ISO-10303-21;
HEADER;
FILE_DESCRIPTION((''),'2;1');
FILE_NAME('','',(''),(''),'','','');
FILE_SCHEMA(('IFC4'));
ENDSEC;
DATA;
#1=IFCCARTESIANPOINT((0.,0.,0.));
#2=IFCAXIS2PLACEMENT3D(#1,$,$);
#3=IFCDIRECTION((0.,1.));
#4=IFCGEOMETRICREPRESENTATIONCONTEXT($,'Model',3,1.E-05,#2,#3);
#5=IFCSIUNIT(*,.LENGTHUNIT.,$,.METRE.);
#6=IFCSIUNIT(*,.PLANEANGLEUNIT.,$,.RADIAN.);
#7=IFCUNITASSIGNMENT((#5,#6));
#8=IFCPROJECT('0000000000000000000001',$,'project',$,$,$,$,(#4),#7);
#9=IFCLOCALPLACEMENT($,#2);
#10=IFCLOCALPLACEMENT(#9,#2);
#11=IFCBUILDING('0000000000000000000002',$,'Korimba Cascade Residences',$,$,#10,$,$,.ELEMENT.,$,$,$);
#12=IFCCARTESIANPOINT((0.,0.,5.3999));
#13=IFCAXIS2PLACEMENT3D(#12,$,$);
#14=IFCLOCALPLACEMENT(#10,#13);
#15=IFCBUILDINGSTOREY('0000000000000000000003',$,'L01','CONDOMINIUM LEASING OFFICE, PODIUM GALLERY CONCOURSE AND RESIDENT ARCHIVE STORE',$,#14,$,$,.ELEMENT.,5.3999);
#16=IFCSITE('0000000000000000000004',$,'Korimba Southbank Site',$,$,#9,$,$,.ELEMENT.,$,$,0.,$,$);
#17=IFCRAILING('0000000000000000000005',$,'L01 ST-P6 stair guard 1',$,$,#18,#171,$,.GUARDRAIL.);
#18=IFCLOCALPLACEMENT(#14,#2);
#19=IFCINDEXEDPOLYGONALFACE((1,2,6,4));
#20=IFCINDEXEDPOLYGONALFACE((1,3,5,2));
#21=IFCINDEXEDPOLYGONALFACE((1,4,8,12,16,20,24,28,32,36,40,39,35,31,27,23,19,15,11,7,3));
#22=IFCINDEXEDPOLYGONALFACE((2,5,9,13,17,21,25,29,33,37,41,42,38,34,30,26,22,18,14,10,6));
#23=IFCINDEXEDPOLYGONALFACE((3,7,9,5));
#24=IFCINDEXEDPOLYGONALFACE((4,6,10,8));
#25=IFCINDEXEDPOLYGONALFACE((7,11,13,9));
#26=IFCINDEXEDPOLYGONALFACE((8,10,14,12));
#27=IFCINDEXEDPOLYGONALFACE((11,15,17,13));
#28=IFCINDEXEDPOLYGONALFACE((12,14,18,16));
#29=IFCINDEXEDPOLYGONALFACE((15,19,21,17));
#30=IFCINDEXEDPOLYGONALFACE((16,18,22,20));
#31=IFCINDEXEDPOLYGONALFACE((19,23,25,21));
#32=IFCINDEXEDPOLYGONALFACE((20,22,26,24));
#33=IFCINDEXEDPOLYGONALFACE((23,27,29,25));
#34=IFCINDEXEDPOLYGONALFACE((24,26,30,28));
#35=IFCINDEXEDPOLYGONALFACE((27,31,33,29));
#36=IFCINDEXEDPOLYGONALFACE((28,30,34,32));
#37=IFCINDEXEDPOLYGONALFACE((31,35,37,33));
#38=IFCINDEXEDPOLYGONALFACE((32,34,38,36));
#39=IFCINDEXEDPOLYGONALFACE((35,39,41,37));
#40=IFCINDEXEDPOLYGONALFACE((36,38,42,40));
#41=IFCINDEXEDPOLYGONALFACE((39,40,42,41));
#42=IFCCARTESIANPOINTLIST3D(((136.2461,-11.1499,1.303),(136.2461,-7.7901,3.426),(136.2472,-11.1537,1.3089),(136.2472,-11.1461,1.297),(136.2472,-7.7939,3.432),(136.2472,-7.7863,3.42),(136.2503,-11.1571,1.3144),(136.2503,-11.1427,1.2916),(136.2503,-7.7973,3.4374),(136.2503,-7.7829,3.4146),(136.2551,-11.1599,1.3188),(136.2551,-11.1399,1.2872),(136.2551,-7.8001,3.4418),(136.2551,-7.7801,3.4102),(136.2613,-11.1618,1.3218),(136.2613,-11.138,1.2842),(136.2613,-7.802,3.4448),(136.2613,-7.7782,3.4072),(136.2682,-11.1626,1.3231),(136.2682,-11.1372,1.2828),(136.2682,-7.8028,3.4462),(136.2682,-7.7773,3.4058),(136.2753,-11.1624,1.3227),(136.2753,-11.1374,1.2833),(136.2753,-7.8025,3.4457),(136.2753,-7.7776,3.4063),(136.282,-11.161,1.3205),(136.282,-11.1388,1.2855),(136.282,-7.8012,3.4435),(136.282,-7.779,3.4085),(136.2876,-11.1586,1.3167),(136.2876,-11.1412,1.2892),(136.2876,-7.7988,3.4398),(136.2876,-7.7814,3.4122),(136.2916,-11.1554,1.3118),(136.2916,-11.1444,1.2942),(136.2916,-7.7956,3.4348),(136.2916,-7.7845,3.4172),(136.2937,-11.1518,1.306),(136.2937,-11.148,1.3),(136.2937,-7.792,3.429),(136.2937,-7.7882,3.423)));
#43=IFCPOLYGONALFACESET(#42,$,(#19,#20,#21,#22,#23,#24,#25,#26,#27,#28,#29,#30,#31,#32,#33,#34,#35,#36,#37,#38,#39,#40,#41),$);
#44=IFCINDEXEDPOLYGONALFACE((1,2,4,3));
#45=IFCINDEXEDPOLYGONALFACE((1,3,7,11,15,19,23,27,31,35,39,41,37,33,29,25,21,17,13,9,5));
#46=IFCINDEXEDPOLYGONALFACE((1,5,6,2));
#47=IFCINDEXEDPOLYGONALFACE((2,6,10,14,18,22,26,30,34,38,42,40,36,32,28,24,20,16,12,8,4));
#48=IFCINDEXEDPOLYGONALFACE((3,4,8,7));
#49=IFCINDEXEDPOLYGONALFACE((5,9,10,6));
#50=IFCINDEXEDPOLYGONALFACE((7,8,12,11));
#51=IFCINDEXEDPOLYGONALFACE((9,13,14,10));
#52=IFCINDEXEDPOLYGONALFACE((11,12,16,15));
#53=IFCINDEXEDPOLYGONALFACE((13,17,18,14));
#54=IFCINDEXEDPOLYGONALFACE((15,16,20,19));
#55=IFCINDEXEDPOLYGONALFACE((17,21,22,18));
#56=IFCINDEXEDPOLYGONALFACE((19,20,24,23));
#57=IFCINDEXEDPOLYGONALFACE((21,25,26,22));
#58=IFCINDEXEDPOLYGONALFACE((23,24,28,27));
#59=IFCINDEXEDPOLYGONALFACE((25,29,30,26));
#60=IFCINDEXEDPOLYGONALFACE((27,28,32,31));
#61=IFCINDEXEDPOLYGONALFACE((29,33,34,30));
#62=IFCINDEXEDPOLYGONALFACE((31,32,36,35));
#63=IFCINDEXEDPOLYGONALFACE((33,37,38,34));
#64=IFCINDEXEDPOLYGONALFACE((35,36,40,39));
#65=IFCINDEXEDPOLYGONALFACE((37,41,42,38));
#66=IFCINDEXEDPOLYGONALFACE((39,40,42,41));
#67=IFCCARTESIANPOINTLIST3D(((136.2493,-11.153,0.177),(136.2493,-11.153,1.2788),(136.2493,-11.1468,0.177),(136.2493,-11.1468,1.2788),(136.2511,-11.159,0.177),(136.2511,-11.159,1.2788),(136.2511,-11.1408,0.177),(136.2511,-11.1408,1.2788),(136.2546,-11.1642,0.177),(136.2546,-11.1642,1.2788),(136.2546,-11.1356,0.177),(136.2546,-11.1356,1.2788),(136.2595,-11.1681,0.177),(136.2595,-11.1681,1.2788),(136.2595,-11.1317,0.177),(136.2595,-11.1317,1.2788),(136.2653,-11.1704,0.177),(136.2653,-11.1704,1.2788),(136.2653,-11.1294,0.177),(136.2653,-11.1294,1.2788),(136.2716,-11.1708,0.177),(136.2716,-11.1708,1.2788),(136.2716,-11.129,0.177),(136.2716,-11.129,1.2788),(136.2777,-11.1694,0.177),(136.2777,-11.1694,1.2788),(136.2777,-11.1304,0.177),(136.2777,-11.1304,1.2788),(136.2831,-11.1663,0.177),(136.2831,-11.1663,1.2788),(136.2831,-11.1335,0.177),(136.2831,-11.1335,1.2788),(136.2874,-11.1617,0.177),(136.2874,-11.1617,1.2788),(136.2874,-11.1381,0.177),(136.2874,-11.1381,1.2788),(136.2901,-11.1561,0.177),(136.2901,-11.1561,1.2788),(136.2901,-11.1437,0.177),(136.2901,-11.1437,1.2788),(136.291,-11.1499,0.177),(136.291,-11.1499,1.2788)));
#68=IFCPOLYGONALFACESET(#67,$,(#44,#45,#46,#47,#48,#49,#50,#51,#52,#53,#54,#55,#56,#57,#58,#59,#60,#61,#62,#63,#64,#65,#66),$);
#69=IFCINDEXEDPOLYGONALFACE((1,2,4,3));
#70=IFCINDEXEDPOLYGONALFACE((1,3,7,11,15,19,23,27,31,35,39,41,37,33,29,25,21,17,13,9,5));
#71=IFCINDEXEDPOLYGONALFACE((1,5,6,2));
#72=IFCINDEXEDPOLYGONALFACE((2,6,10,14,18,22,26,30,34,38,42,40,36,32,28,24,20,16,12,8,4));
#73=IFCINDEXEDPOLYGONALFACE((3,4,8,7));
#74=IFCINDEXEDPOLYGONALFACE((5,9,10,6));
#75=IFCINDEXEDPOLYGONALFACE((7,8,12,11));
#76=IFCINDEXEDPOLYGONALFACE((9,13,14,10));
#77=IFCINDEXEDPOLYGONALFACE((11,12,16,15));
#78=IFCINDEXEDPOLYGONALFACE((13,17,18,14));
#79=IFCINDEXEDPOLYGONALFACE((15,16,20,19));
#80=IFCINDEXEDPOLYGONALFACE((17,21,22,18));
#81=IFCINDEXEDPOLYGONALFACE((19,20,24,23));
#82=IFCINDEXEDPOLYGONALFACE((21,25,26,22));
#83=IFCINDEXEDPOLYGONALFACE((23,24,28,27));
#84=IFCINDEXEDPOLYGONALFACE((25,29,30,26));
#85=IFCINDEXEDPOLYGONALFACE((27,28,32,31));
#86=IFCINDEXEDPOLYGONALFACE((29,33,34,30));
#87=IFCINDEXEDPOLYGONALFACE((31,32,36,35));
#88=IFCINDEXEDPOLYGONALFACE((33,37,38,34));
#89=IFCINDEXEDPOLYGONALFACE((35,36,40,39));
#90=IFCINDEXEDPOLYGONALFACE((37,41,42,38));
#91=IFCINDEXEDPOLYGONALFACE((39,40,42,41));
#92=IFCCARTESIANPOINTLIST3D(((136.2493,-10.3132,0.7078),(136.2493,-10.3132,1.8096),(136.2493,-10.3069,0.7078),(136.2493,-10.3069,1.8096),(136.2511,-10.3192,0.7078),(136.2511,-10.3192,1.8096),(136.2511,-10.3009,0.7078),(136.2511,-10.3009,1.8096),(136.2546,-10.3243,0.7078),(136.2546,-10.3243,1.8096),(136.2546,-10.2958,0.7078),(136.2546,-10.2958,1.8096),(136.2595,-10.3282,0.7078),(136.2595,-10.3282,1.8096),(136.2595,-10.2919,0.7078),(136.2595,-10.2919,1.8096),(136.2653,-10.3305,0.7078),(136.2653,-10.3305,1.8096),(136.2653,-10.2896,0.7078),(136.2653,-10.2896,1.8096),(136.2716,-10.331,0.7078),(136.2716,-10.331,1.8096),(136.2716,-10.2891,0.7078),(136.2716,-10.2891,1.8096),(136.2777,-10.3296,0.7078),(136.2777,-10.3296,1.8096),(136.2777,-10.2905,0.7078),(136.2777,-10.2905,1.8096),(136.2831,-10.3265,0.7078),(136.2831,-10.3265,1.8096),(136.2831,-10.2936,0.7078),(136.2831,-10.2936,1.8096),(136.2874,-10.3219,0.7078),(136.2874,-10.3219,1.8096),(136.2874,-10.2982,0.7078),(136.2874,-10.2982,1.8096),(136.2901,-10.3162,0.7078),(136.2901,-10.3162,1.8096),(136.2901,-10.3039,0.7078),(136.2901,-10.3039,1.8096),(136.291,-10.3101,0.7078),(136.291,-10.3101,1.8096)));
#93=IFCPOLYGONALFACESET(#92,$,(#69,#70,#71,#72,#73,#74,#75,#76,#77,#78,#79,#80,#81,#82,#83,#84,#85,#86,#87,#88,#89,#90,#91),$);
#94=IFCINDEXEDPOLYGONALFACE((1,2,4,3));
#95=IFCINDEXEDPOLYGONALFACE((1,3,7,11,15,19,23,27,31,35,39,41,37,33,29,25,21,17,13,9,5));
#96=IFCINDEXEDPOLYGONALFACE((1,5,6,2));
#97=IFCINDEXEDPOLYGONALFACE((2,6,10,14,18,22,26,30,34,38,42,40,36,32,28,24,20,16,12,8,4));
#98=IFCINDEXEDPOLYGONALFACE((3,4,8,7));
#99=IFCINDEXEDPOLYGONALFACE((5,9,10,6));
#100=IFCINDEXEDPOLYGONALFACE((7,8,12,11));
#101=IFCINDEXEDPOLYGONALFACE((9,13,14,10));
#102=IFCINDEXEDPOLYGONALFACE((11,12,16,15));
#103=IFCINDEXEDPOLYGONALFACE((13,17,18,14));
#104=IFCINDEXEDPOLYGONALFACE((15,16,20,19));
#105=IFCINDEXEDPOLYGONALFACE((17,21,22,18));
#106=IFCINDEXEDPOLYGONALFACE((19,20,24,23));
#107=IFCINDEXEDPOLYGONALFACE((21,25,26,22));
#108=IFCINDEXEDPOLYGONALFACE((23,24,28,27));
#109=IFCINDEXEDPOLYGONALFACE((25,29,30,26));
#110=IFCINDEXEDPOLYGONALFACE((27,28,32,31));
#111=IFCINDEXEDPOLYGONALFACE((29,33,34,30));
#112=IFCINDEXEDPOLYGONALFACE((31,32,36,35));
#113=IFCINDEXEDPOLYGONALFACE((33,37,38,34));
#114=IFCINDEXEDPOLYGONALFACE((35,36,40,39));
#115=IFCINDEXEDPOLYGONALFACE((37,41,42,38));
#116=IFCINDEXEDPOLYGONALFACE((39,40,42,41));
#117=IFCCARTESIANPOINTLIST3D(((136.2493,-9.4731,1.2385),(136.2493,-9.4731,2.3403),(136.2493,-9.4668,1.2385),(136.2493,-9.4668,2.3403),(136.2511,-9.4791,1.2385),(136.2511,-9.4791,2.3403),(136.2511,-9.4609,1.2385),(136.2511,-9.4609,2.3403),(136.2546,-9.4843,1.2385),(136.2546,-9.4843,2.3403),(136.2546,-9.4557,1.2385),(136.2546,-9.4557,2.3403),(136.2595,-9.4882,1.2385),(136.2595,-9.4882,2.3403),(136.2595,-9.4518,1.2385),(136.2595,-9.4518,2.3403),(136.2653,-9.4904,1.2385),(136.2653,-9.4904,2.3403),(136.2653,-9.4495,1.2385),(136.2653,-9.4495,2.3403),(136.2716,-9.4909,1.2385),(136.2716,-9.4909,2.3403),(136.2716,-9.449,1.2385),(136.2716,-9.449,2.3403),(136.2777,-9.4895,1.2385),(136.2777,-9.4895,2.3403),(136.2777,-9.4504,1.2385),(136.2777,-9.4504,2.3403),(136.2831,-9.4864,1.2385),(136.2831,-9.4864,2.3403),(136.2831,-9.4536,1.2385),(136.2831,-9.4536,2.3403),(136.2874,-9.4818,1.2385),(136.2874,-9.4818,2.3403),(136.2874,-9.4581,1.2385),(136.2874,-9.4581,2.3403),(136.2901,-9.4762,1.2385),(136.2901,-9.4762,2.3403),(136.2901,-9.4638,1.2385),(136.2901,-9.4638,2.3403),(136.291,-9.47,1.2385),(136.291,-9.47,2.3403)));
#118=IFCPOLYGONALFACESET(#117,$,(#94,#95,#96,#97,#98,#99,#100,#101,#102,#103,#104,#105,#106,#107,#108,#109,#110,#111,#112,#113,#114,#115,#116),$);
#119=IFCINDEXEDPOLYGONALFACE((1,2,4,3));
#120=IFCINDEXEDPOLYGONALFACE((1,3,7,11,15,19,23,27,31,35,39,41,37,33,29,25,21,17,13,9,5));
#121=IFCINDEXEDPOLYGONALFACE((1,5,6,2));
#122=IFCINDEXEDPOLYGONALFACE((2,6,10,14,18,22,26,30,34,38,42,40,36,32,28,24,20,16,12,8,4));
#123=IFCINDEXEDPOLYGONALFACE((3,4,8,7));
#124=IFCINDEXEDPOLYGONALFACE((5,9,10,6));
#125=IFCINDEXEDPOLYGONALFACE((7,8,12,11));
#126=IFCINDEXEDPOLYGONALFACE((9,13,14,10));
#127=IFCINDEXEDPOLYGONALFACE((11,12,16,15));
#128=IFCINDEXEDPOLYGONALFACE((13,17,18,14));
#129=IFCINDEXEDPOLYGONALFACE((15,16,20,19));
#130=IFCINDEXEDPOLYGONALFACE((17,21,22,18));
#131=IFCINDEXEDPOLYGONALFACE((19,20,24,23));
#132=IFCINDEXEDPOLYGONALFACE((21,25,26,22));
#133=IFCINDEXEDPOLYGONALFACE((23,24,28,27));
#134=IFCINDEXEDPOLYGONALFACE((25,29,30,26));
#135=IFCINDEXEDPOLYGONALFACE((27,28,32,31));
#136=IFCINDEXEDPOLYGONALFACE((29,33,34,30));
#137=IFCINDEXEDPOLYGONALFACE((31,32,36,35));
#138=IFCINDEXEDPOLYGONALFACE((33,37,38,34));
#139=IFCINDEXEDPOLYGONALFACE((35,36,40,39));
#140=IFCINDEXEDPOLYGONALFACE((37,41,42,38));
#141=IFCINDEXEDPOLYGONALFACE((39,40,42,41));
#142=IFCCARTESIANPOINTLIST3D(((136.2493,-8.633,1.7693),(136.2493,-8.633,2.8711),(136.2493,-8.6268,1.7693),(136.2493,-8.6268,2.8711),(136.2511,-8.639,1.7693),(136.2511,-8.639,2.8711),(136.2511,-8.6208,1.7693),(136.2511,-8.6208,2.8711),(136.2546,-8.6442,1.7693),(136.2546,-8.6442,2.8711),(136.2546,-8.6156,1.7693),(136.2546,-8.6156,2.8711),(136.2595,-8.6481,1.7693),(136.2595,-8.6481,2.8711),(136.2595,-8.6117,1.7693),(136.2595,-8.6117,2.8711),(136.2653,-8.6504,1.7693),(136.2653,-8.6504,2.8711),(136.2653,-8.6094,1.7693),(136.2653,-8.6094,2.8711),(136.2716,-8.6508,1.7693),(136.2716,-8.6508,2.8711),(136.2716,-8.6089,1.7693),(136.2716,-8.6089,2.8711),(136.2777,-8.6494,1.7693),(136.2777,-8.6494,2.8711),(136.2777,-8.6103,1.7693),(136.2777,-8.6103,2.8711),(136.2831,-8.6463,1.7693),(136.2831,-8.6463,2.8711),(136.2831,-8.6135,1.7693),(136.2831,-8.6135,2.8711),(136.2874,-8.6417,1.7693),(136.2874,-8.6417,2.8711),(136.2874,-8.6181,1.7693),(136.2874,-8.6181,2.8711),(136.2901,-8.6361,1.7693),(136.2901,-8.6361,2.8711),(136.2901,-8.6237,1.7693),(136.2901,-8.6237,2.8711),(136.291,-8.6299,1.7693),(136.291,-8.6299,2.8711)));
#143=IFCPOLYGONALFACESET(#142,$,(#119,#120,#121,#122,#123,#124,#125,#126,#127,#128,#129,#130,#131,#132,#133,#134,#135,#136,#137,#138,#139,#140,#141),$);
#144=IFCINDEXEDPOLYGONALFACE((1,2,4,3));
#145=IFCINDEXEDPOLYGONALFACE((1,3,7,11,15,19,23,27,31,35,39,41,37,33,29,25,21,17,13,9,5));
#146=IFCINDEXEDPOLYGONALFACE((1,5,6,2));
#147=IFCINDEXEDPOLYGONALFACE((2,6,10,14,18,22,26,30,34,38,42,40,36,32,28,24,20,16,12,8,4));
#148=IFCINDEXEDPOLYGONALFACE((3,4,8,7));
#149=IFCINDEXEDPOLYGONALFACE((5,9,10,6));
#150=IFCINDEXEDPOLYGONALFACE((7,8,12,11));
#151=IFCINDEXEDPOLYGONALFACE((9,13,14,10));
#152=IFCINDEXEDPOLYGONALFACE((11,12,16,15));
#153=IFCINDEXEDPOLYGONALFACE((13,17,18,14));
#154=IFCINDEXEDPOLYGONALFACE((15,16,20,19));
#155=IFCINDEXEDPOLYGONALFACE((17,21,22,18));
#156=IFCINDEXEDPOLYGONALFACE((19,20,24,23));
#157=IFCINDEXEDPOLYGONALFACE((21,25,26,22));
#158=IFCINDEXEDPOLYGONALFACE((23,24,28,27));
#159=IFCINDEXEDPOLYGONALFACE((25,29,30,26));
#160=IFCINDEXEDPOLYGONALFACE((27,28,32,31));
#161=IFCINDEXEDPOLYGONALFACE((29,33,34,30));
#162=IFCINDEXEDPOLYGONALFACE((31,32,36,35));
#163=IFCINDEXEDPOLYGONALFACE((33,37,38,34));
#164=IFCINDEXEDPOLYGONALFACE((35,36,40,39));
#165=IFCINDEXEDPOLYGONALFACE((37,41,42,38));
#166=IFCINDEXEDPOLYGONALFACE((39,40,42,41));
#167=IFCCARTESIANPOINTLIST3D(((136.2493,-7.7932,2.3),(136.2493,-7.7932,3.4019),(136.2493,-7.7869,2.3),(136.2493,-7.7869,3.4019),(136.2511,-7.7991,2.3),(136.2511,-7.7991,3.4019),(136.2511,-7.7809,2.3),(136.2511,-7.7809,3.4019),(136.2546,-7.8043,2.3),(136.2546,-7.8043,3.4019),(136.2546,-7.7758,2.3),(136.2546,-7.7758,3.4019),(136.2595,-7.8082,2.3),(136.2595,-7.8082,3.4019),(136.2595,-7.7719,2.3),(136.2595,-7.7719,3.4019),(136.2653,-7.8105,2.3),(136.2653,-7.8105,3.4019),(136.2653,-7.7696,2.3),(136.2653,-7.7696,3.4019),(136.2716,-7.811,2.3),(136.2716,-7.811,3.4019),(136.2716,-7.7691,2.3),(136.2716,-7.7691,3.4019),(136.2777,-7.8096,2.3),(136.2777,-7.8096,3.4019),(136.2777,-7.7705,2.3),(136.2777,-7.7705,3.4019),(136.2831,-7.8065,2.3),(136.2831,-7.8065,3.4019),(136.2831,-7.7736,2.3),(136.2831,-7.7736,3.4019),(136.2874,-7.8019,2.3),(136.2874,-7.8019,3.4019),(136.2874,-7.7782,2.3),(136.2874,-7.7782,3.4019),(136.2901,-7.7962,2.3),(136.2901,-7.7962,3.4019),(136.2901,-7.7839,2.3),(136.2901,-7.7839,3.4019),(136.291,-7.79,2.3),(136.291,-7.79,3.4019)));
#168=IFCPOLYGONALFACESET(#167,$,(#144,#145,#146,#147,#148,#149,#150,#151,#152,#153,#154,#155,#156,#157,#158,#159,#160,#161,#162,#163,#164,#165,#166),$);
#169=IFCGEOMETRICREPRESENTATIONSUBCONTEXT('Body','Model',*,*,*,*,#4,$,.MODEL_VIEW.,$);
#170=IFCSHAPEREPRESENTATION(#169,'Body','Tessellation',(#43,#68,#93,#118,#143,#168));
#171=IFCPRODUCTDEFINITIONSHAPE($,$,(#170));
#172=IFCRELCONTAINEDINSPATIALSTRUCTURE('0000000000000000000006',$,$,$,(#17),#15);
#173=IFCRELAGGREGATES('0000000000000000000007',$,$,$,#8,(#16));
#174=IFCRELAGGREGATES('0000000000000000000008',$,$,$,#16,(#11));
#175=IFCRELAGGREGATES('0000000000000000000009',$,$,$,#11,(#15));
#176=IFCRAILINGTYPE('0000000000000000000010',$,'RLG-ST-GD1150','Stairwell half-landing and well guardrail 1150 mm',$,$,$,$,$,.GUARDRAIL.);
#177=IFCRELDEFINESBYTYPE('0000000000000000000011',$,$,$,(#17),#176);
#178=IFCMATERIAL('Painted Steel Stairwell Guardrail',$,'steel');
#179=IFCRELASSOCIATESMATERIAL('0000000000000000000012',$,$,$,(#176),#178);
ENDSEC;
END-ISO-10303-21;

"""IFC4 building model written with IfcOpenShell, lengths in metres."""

from ifc_helpers import new_model, si_unit, direction, frame, origin, origin_2d, place, context, subcontext, project, spatial, circle, extrude, material, type_object, element, save


model = new_model("IFC4")

# Units and contexts
model_context = context("Model", 3, precision=1e-05, world=origin(), true_north=direction((0.0, 1.0)))
body_context = subcontext(model_context, "Body", "Model", "MODEL_VIEW")
ifc_project = project(units=[si_unit("LENGTHUNIT", "METRE"), si_unit("PLANEANGLEUNIT", "RADIAN")], contexts=[model_context])

# Site, building, storey
site_placement = place(None, origin())
site = spatial("IfcSite", under=ifc_project, at=site_placement, Name="Korimba Southbank Site", CompositionType="ELEMENT", RefElevation=0.0)
building_placement = place(site_placement, origin())
building = spatial("IfcBuilding", under=site, at=building_placement, Name="Korimba Cascade Residences", CompositionType="ELEMENT")
storey_placement = place(building_placement, frame((0.0, 0.0, 5.3999)))
storey = spatial("IfcBuildingStorey", under=building, at=storey_placement, Name="L01", Description="CONDOMINIUM LEASING OFFICE, PODIUM GALLERY CONCOURSE AND RESIDENT ARCHIVE STORE", CompositionType="ELEMENT", Elevation=5.3999)

# Railing
ifc_material_1 = material(Name="Painted Steel Stairwell Guardrail", Category="steel")
railing_type_1 = type_object("IfcRailingType", Name="RLG-ST-GD1150", Description="Stairwell half-landing and well guardrail 1150 mm", PredefinedType="GUARDRAIL", material=ifc_material_1)
railing_1_placement = place(storey_placement, frame((136.27, -11.1499, 0.177)))
element("IfcRailing", 1, at=railing_1_placement, inside=storey, type_object=railing_type_1, Name="L01 ST-P6 stair guard 1", PredefinedType="GUARDRAIL", context=body_context, shape_type="SweptSolid", body=[
    extrude(circle(Radius=0.0239, at=origin_2d()), frame((0.0, 0.0, 1.126), z_axis=(0.0, 0.845372, 0.534178), x_axis=(-1.0, 0.0, 0.0)), (0.0, 0.0, 1.0), 3.9744),
    extrude(circle(Radius=0.021, at=origin_2d()), origin(), (0.0, 0.0, 1.0), 1.1018),
    extrude(circle(Radius=0.021, at=origin_2d()), frame((0.0, 0.8398, 0.5308)), (0.0, 0.0, 1.0), 1.1018),
    extrude(circle(Radius=0.021, at=origin_2d()), frame((0.0, 1.6799, 1.0615)), (0.0, 0.0, 1.0), 1.1018),
    extrude(circle(Radius=0.021, at=origin_2d()), frame((0.0, 2.52, 1.5923)), (0.0, 0.0, 1.0), 1.1018),
    extrude(circle(Radius=0.021, at=origin_2d()), frame((0.0, 3.3599, 2.123)), (0.0, 0.0, 1.0), 1.1018),
])

save(model, "model.ifc")
